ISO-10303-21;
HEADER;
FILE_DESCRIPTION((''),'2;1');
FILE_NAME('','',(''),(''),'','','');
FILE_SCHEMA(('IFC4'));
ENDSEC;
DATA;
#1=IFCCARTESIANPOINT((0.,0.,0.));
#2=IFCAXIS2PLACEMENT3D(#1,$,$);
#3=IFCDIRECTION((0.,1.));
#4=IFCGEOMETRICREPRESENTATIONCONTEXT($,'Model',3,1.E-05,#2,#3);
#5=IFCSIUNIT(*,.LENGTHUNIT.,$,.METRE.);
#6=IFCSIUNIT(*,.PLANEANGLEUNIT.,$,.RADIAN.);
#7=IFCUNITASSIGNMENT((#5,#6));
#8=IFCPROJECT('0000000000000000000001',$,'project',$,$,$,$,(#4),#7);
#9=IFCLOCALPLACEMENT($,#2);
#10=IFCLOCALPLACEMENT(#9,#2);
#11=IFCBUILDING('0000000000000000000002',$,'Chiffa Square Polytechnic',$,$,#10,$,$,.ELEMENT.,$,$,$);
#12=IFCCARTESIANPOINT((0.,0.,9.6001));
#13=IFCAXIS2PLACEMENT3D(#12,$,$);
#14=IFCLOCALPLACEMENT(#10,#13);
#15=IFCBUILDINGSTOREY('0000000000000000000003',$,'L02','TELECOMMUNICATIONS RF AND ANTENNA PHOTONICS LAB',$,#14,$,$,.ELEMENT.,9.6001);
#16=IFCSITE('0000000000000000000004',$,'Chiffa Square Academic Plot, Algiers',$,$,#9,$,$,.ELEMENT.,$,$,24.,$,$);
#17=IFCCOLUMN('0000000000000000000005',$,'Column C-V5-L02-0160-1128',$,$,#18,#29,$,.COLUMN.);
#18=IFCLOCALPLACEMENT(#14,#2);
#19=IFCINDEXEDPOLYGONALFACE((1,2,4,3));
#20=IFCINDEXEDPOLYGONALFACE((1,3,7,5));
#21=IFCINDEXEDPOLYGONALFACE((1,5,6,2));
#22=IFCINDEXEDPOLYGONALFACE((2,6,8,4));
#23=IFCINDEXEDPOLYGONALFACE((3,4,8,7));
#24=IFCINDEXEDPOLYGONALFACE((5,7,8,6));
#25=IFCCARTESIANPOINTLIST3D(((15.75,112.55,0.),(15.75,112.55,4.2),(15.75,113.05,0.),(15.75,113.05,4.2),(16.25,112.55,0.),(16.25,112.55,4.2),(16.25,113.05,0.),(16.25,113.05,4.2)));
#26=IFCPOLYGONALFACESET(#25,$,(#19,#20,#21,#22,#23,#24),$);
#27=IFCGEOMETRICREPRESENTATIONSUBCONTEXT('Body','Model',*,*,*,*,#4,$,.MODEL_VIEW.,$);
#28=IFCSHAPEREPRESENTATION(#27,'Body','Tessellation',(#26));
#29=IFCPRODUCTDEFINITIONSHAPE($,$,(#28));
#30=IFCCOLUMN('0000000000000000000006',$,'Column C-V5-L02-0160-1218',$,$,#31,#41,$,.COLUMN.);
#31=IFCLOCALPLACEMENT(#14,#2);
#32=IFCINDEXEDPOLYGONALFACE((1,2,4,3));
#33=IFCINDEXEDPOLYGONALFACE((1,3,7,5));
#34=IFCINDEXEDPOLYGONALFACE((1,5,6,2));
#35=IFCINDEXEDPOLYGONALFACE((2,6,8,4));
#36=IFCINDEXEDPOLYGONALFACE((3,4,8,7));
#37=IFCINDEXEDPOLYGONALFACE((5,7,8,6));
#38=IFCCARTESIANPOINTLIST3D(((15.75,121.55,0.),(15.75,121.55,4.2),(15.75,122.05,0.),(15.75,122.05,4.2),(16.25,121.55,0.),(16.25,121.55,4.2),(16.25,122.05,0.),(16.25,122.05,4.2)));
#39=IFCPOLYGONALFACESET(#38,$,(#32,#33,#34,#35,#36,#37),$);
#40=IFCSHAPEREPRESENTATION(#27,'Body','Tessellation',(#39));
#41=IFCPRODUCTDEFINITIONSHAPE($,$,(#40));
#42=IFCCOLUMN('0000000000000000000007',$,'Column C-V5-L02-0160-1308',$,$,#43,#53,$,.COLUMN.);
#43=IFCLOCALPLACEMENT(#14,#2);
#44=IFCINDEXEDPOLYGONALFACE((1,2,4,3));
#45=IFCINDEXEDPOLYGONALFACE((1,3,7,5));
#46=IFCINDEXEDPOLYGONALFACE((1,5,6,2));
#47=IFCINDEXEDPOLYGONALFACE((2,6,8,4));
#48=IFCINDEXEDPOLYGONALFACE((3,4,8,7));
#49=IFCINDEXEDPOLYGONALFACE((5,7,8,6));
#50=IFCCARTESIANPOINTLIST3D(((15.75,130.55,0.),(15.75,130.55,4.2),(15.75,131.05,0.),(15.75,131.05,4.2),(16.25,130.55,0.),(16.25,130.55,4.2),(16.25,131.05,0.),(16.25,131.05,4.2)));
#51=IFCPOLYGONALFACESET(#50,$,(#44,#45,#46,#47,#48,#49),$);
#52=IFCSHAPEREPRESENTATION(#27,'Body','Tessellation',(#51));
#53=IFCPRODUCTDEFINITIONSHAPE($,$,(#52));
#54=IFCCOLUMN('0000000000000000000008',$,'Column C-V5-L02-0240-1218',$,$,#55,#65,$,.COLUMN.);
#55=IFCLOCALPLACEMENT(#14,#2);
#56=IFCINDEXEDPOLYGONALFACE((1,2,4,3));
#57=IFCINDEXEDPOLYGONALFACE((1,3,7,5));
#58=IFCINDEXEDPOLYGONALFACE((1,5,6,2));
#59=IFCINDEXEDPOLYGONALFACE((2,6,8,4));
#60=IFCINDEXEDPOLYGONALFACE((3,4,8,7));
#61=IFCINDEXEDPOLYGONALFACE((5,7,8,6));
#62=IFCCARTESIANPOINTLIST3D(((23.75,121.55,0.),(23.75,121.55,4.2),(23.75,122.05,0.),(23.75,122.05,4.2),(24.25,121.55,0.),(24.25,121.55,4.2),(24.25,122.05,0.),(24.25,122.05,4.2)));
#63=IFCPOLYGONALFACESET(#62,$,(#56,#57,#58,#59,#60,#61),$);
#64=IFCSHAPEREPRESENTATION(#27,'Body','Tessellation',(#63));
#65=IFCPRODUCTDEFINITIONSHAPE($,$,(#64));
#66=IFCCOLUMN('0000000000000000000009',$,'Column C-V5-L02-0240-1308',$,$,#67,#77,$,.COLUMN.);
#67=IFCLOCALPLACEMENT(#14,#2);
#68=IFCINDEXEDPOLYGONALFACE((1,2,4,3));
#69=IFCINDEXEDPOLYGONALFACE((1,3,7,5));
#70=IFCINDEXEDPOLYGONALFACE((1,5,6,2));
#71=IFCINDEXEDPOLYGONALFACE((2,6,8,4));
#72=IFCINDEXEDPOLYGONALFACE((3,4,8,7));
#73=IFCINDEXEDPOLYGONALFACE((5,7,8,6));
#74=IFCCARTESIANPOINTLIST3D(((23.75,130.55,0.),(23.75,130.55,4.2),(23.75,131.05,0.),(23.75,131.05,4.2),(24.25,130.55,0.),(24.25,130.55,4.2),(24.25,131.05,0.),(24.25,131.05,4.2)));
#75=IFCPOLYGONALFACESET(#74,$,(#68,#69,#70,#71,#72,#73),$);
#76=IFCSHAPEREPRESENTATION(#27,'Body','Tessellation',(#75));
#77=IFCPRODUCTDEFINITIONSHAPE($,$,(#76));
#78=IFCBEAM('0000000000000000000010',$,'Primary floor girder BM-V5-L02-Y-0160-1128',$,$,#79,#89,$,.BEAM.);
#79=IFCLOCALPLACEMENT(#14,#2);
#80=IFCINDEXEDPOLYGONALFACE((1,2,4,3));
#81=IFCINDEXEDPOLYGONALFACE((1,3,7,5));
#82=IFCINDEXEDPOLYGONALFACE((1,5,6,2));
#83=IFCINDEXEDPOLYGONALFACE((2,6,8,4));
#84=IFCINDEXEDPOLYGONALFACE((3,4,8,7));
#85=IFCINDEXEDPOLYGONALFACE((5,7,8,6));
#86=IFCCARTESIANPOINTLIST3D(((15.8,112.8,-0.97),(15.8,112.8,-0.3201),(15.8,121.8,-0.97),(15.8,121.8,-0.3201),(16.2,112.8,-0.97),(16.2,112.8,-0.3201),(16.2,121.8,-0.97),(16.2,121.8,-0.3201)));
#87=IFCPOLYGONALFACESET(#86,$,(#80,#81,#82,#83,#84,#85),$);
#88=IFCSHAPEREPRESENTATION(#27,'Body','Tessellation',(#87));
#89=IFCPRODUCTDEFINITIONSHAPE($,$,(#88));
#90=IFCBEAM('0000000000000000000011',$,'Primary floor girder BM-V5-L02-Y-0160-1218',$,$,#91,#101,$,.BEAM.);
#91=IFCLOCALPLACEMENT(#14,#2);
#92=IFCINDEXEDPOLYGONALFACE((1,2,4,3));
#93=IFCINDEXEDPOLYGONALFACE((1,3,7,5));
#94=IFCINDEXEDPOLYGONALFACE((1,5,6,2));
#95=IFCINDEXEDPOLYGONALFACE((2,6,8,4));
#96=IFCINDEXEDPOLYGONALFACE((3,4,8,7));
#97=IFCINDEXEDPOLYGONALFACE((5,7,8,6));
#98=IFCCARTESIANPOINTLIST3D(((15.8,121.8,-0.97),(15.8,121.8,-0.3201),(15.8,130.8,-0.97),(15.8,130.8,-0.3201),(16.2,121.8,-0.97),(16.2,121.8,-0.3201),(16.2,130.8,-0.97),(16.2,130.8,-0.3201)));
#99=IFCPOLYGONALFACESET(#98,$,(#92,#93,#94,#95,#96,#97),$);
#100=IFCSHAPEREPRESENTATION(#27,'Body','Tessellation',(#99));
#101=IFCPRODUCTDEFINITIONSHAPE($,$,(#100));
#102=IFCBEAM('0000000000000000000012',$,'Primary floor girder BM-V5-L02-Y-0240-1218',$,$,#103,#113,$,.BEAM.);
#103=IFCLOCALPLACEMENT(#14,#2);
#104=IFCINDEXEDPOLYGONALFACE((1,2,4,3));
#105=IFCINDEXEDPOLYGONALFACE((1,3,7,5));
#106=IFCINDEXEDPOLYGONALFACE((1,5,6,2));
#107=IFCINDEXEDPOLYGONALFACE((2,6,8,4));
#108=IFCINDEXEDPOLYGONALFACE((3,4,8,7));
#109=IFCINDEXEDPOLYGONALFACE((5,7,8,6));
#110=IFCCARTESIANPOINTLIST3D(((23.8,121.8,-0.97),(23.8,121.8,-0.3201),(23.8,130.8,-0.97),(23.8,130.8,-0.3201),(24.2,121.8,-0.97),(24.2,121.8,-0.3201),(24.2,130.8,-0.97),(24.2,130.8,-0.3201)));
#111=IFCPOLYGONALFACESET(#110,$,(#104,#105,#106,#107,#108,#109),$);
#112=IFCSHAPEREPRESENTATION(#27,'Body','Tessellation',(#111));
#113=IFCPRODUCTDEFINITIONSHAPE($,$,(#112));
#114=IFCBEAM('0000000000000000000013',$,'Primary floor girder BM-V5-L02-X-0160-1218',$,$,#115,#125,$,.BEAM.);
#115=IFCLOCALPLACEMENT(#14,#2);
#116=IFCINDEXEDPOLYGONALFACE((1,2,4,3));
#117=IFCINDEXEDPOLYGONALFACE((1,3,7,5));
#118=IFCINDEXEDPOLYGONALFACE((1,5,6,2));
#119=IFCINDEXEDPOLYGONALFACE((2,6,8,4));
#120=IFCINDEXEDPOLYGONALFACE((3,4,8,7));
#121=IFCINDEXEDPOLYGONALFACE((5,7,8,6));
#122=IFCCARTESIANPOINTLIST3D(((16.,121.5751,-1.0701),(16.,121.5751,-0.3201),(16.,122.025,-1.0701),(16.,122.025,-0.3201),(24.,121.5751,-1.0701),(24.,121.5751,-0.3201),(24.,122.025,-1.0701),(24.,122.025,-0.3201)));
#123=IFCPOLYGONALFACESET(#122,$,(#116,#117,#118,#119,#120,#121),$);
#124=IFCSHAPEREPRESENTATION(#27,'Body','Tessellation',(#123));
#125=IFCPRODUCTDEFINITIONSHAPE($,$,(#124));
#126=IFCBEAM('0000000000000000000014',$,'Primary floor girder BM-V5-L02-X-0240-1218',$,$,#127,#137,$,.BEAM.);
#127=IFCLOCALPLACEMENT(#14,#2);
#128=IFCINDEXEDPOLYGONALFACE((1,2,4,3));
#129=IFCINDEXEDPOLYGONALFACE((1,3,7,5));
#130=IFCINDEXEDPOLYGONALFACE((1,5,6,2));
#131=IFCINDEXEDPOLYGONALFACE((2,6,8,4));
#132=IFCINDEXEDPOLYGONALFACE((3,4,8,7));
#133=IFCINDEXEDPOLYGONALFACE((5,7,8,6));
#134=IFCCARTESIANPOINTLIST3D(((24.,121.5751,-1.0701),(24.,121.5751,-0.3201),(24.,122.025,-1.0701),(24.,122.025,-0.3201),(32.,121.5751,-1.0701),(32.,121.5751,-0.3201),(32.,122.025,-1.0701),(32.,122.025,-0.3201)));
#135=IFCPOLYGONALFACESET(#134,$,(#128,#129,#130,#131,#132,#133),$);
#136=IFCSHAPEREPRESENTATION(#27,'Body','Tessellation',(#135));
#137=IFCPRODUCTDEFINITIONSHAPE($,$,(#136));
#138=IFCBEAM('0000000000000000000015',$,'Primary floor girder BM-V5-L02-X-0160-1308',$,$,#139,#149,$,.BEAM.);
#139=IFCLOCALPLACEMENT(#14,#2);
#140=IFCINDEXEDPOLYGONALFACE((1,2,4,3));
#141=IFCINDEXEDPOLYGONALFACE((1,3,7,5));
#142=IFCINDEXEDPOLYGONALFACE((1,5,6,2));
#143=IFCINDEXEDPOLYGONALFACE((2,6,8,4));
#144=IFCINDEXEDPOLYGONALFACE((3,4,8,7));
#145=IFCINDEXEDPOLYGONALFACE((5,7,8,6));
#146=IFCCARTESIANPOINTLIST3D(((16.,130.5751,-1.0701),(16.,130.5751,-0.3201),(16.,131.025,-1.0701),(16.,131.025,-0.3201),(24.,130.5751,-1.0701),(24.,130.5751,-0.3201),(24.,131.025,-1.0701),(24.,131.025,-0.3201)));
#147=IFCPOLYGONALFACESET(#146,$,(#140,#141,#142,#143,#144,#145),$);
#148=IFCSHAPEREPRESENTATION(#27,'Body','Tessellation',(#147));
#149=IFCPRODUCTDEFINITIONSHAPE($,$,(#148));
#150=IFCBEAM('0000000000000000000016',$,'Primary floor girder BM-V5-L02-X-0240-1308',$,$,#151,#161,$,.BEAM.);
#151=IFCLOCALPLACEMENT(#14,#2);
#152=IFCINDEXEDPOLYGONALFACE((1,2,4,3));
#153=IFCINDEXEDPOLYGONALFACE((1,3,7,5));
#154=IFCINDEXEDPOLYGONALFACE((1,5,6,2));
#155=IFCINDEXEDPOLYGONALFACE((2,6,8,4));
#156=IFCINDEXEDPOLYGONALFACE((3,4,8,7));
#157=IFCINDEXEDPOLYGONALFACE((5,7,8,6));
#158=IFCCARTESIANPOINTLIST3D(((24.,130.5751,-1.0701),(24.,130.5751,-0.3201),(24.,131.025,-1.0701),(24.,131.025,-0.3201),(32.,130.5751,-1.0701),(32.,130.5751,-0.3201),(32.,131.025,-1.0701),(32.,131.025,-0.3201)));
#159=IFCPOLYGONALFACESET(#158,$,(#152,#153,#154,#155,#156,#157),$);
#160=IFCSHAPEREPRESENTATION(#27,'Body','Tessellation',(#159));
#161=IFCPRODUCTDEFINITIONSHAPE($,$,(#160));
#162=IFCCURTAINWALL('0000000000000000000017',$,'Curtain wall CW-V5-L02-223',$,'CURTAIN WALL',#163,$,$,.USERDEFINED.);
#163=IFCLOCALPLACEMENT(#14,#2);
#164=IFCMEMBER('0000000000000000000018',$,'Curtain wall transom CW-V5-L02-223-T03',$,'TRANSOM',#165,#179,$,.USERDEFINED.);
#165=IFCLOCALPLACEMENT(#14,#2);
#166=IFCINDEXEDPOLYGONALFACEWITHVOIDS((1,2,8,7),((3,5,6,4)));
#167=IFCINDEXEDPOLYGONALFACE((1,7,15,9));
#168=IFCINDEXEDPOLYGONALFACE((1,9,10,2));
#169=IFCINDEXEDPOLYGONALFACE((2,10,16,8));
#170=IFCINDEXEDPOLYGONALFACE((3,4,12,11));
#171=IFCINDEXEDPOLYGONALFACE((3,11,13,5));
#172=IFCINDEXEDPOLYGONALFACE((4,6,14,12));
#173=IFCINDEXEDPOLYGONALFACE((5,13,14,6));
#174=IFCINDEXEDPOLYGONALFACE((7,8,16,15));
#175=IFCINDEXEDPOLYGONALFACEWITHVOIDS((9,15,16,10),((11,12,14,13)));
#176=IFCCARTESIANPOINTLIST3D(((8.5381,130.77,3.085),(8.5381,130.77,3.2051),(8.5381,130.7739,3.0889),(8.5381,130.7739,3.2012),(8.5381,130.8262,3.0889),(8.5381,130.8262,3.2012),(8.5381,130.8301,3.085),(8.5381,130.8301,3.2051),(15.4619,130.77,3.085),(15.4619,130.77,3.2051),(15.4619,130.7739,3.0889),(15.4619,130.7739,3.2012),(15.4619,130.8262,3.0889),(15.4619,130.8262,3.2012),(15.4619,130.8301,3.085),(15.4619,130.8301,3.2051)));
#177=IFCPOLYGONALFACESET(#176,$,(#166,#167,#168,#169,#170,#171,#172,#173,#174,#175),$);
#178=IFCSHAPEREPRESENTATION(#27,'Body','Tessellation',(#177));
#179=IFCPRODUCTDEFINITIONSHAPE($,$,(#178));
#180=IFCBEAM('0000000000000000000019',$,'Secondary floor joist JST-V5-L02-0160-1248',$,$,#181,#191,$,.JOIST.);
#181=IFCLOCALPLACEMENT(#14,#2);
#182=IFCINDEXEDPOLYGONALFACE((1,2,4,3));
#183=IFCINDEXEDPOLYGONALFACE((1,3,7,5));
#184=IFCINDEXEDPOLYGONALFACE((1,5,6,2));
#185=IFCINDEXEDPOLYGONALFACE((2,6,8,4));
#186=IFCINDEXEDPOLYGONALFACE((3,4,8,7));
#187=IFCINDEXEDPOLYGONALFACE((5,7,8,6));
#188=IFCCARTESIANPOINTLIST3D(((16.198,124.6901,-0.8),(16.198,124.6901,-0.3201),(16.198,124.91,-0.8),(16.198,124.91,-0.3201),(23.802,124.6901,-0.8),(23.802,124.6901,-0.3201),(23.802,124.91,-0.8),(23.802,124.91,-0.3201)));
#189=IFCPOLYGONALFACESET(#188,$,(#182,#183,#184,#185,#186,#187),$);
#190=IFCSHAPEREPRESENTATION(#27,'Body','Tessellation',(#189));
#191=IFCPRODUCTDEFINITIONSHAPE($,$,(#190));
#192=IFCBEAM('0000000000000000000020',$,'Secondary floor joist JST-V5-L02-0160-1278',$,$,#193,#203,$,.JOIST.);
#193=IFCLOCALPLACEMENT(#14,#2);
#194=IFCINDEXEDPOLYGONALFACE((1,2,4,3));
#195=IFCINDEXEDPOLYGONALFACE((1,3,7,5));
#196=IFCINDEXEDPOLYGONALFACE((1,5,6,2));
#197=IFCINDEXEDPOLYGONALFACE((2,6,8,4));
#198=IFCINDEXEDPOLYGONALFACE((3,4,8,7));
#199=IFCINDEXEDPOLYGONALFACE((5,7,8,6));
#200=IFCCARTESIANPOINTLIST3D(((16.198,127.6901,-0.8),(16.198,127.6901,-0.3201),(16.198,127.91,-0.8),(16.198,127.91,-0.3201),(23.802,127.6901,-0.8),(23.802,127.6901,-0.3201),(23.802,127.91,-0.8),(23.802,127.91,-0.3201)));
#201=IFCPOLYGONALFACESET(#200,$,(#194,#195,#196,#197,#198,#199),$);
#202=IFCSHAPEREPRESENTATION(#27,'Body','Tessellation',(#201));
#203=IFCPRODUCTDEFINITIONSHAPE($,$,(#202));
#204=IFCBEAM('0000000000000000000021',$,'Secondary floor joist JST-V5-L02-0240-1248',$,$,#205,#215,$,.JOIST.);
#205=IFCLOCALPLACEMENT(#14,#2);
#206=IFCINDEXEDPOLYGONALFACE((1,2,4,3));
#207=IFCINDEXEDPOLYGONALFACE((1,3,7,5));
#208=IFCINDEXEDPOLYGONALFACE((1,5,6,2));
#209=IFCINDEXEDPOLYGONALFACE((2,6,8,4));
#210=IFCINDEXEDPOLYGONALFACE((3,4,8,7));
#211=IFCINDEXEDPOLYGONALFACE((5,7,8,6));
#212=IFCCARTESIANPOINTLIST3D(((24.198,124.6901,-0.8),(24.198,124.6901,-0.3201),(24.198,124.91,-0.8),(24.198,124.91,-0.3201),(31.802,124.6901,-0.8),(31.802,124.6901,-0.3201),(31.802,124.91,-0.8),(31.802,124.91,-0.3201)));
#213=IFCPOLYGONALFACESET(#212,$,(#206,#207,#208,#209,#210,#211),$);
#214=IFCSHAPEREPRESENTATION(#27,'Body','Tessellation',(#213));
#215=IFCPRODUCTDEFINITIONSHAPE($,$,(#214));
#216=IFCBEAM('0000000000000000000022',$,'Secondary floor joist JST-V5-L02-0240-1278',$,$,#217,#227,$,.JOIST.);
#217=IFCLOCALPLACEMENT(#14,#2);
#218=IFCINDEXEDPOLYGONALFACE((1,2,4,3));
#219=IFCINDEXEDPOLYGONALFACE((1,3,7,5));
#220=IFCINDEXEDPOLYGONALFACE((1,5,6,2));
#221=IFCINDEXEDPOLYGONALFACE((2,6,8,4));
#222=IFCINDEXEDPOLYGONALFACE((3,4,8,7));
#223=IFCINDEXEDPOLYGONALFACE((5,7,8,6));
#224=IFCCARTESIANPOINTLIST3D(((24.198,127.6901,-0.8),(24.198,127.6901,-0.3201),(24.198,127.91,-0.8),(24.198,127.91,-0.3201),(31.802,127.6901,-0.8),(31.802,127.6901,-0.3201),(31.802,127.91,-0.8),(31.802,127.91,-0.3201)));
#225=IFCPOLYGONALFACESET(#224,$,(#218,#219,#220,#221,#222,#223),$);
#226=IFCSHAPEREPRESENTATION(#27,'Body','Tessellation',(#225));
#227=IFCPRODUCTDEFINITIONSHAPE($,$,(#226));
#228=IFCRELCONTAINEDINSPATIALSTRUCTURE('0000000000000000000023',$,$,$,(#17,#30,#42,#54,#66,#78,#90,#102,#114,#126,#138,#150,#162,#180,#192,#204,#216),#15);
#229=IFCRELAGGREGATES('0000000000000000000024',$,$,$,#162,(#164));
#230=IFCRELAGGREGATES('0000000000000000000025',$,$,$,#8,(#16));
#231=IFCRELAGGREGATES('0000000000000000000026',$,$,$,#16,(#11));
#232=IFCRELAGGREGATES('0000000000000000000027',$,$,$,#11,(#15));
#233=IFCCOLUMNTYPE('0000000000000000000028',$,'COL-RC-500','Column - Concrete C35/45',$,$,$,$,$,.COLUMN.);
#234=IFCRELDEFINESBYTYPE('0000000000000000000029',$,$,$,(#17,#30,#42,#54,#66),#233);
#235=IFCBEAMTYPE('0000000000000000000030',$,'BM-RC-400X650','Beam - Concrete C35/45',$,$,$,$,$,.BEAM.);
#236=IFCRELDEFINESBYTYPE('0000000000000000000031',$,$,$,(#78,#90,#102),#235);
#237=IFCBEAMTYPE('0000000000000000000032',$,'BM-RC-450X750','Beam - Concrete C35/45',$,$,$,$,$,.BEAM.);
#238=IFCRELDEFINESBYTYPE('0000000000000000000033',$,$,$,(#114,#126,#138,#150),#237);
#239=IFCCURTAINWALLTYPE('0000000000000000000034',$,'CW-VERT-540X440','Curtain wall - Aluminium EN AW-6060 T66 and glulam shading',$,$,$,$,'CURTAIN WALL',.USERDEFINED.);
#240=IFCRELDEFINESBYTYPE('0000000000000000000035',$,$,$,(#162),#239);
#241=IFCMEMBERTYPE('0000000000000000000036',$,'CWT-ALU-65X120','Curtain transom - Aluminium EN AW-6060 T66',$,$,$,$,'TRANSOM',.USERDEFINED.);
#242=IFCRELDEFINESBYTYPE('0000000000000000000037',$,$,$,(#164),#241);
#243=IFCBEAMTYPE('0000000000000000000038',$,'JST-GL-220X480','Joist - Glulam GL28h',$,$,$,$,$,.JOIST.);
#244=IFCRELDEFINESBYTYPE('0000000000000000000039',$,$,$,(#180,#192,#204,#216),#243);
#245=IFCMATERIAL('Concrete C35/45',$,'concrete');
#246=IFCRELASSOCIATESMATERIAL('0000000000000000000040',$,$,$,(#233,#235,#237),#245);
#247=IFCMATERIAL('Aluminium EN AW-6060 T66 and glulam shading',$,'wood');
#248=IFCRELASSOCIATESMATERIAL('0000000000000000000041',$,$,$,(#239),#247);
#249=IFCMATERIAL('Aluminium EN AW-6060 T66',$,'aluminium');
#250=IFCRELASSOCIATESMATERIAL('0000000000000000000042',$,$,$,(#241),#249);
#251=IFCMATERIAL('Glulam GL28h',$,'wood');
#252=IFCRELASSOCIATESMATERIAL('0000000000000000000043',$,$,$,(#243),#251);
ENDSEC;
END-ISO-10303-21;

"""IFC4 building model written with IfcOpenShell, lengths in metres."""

from ifc_helpers import new_model, si_unit, direction, frame, origin, origin_2d, place, context, subcontext, project, spatial, rectangle, hollow_rectangle, extrude, material, material_profile, profile_set, type_object, element, aggregate, save


model = new_model("IFC4")

# Units and contexts
model_context = context("Model", 3, precision=1e-05, world=origin(), true_north=direction((0.0, 1.0)))
body_context = subcontext(model_context, "Body", "Model", "MODEL_VIEW")
ifc_project = project(units=[si_unit("LENGTHUNIT", "METRE"), si_unit("PLANEANGLEUNIT", "RADIAN")], contexts=[model_context])

# Site, building, storey
site_placement = place(None, origin())
site = spatial("IfcSite", under=ifc_project, at=site_placement, Name="Chiffa Square Academic Plot, Algiers", CompositionType="ELEMENT", RefElevation=24.0)
building_placement = place(site_placement, origin())
building = spatial("IfcBuilding", under=site, at=building_placement, Name="Chiffa Square Polytechnic", CompositionType="ELEMENT")
storey_placement = place(building_placement, frame((0.0, 0.0, 9.6001)))
storey = spatial("IfcBuildingStorey", under=building, at=storey_placement, Name="L02", Description="TELECOMMUNICATIONS RF AND ANTENNA PHOTONICS LAB", CompositionType="ELEMENT", Elevation=9.6001)

# Columns
ifc_material_1 = material(Name="Concrete C35/45", Category="concrete")
ifc_material_profile_1 = material_profile(ifc_material_1, rectangle(XDim=0.5, YDim=0.5, at=origin_2d()), Name="RC 500x500")
ifc_profile_set_1 = profile_set([ifc_material_profile_1], Name="Concrete C35/45")
column_type = type_object("IfcColumnType", Name="COL-RC-500", Description="Column - Concrete C35/45", PredefinedType="COLUMN", material=ifc_profile_set_1)
for number, where, z_axis, x_axis, name in (
    (1, (16.0, 112.8, 0.0), (0.0, 0.0, 1.0), (1.0, 0.0, 0.0), "Column C-V5-L02-0160-1128"),
    (2, (16.0, 121.8, 0.0), (0.0, 0.0, 1.0), (1.0, 0.0, 0.0), "Column C-V5-L02-0160-1218"),
    (3, (16.0, 130.8, 0.0), (0.0, 0.0, 1.0), (1.0, 0.0, 0.0), "Column C-V5-L02-0160-1308"),
    (4, (24.0, 121.8, 0.0), (0.0, 0.0, 1.0), (1.0, 0.0, 0.0), "Column C-V5-L02-0240-1218"),
    (5, (24.0, 130.8, 0.0), (0.0, 0.0, 1.0), (1.0, 0.0, 0.0), "Column C-V5-L02-0240-1308"),
):
    element("IfcColumn", number, at=place(storey_placement, frame(where, z_axis=z_axis, x_axis=x_axis)), inside=storey, type_object=column_type, Name=name, PredefinedType="COLUMN", context=body_context, shape_type="SweptSolid", body=[
        extrude(rectangle(XDim=0.5, YDim=0.5, at=origin_2d()), origin(), (0.0, 0.0, 1.0), 4.2),
    ])

# Beams
ifc_material_profile_2 = material_profile(ifc_material_1, rectangle(XDim=0.3999, YDim=0.6499, at=origin_2d()), Name="RC 400x650")
ifc_profile_set_2 = profile_set([ifc_material_profile_2], Name="Concrete C35/45")
beam_type_1 = type_object("IfcBeamType", Name="BM-RC-400X650", Description="Beam - Concrete C35/45", PredefinedType="BEAM", material=ifc_profile_set_2)
for number, where, z_axis, x_axis, name in (
    (6, (16.0, 112.8, -0.645), (0.0, 1.0, 0.0), (-1.0, 0.0, 0.0), "Primary floor girder BM-V5-L02-Y-0160-1128"),
    (7, (16.0, 121.8, -0.645), (0.0, 1.0, 0.0), (-1.0, 0.0, 0.0), "Primary floor girder BM-V5-L02-Y-0160-1218"),
    (8, (24.0, 121.8, -0.645), (0.0, 1.0, 0.0), (-1.0, 0.0, 0.0), "Primary floor girder BM-V5-L02-Y-0240-1218"),
):
    element("IfcBeam", number, at=place(storey_placement, frame(where, z_axis=z_axis, x_axis=x_axis)), inside=storey, type_object=beam_type_1, Name=name, PredefinedType="BEAM", context=body_context, shape_type="SweptSolid", body=[
        extrude(rectangle(XDim=0.3999, YDim=0.6499, at=origin_2d()), origin(), (0.0, 0.0, 1.0), 9.0),
    ])
ifc_material_profile_3 = material_profile(ifc_material_1, rectangle(XDim=0.45, YDim=0.75, at=origin_2d()), Name="RC 450x750")
ifc_profile_set_3 = profile_set([ifc_material_profile_3], Name="Concrete C35/45")
beam_type_2 = type_object("IfcBeamType", Name="BM-RC-450X750", Description="Beam - Concrete C35/45", PredefinedType="BEAM", material=ifc_profile_set_3)
for number, where, z_axis, x_axis, name in (
    (9, (16.0, 121.8, -0.6951), (1.0, 0.0, 0.0), (0.0, 1.0, 0.0), "Primary floor girder BM-V5-L02-X-0160-1218"),
    (10, (24.0, 121.8, -0.6951), (1.0, 0.0, 0.0), (0.0, 1.0, 0.0), "Primary floor girder BM-V5-L02-X-0240-1218"),
    (11, (16.0, 130.8, -0.6951), (1.0, 0.0, 0.0), (0.0, 1.0, 0.0), "Primary floor girder BM-V5-L02-X-0160-1308"),
    (12, (24.0, 130.8, -0.6951), (1.0, 0.0, 0.0), (0.0, 1.0, 0.0), "Primary floor girder BM-V5-L02-X-0240-1308"),
):
    element("IfcBeam", number, at=place(storey_placement, frame(where, z_axis=z_axis, x_axis=x_axis)), inside=storey, type_object=beam_type_2, Name=name, PredefinedType="BEAM", context=body_context, shape_type="SweptSolid", body=[
        extrude(rectangle(XDim=0.45, YDim=0.75, at=origin_2d()), origin(), (0.0, 0.0, 1.0), 8.0),
    ])

# Curtain wall, member
ifc_material_2 = material(Name="Aluminium EN AW-6060 T66 and glulam shading", Category="wood")
curtain_wall_type = type_object("IfcCurtainWallType", Name="CW-VERT-540X440", Description="Curtain wall - Aluminium EN AW-6060 T66 and glulam shading", ElementType="CURTAIN WALL", PredefinedType="USERDEFINED", material=ifc_material_2)
curtain_wall_placement = place(storey_placement, origin())
curtain_wall = element("IfcCurtainWall", 13, at=curtain_wall_placement, inside=storey, type_object=curtain_wall_type, Name="Curtain wall CW-V5-L02-223", ObjectType="CURTAIN WALL", PredefinedType="USERDEFINED")
ifc_material_3 = material(Name="Aluminium EN AW-6060 T66", Category="aluminium")
ifc_material_profile_4 = material_profile(ifc_material_3, hollow_rectangle(XDim=0.0601, YDim=0.1201, WallThickness=0.0039, at=origin_2d()), Name="ALU 60x120x4")
ifc_profile_set_4 = profile_set([ifc_material_profile_4], Name="Aluminium EN AW-6060 T66")
member_type = type_object("IfcMemberType", Name="CWT-ALU-65X120", Description="Curtain transom - Aluminium EN AW-6060 T66", ElementType="TRANSOM", PredefinedType="USERDEFINED", material=ifc_profile_set_4)
member_placement = place(storey_placement, frame((15.4619, 130.8, 3.145), z_axis=(-1.0, 0.0, 0.0), x_axis=(0.0, -1.0, 0.0)))
member = element("IfcMember", 14, at=member_placement, type_object=member_type, Name="Curtain wall transom CW-V5-L02-223-T03", ObjectType="TRANSOM", PredefinedType="USERDEFINED", context=body_context, shape_type="SweptSolid", body=[
    extrude(hollow_rectangle(XDim=0.0601, YDim=0.1201, WallThickness=0.0039, at=origin_2d()), origin(), (0.0, 0.0, 1.0), 6.9238),
])
aggregate(curtain_wall, [member])

# Beams
ifc_material_4 = material(Name="Glulam GL28h", Category="wood")
ifc_material_profile_5 = material_profile(ifc_material_4, rectangle(XDim=0.22, YDim=0.48, at=origin_2d()), Name="GL28h 220x480")
ifc_profile_set_5 = profile_set([ifc_material_profile_5], Name="Glulam GL28h")
beam_type_3 = type_object("IfcBeamType", Name="JST-GL-220X480", Description="Joist - Glulam GL28h", PredefinedType="JOIST", material=ifc_profile_set_5)
for number, where, z_axis, x_axis, name in (
    (15, (16.198, 124.8, -0.5601), (1.0, 0.0, 0.0), (0.0, 1.0, 0.0), "Secondary floor joist JST-V5-L02-0160-1248"),
    (16, (16.198, 127.8, -0.5601), (1.0, 0.0, 0.0), (0.0, 1.0, 0.0), "Secondary floor joist JST-V5-L02-0160-1278"),
    (17, (24.198, 124.8, -0.5601), (1.0, 0.0, 0.0), (0.0, 1.0, 0.0), "Secondary floor joist JST-V5-L02-0240-1248"),
    (18, (24.198, 127.8, -0.5601), (1.0, 0.0, 0.0), (0.0, 1.0, 0.0), "Secondary floor joist JST-V5-L02-0240-1278"),
):
    element("IfcBeam", number, at=place(storey_placement, frame(where, z_axis=z_axis, x_axis=x_axis)), inside=storey, type_object=beam_type_3, Name=name, PredefinedType="JOIST", context=body_context, shape_type="SweptSolid", body=[
        extrude(rectangle(XDim=0.22, YDim=0.48, at=origin_2d()), origin(), (0.0, 0.0, 1.0), 7.604),
    ])

save(model, "model.ifc")
